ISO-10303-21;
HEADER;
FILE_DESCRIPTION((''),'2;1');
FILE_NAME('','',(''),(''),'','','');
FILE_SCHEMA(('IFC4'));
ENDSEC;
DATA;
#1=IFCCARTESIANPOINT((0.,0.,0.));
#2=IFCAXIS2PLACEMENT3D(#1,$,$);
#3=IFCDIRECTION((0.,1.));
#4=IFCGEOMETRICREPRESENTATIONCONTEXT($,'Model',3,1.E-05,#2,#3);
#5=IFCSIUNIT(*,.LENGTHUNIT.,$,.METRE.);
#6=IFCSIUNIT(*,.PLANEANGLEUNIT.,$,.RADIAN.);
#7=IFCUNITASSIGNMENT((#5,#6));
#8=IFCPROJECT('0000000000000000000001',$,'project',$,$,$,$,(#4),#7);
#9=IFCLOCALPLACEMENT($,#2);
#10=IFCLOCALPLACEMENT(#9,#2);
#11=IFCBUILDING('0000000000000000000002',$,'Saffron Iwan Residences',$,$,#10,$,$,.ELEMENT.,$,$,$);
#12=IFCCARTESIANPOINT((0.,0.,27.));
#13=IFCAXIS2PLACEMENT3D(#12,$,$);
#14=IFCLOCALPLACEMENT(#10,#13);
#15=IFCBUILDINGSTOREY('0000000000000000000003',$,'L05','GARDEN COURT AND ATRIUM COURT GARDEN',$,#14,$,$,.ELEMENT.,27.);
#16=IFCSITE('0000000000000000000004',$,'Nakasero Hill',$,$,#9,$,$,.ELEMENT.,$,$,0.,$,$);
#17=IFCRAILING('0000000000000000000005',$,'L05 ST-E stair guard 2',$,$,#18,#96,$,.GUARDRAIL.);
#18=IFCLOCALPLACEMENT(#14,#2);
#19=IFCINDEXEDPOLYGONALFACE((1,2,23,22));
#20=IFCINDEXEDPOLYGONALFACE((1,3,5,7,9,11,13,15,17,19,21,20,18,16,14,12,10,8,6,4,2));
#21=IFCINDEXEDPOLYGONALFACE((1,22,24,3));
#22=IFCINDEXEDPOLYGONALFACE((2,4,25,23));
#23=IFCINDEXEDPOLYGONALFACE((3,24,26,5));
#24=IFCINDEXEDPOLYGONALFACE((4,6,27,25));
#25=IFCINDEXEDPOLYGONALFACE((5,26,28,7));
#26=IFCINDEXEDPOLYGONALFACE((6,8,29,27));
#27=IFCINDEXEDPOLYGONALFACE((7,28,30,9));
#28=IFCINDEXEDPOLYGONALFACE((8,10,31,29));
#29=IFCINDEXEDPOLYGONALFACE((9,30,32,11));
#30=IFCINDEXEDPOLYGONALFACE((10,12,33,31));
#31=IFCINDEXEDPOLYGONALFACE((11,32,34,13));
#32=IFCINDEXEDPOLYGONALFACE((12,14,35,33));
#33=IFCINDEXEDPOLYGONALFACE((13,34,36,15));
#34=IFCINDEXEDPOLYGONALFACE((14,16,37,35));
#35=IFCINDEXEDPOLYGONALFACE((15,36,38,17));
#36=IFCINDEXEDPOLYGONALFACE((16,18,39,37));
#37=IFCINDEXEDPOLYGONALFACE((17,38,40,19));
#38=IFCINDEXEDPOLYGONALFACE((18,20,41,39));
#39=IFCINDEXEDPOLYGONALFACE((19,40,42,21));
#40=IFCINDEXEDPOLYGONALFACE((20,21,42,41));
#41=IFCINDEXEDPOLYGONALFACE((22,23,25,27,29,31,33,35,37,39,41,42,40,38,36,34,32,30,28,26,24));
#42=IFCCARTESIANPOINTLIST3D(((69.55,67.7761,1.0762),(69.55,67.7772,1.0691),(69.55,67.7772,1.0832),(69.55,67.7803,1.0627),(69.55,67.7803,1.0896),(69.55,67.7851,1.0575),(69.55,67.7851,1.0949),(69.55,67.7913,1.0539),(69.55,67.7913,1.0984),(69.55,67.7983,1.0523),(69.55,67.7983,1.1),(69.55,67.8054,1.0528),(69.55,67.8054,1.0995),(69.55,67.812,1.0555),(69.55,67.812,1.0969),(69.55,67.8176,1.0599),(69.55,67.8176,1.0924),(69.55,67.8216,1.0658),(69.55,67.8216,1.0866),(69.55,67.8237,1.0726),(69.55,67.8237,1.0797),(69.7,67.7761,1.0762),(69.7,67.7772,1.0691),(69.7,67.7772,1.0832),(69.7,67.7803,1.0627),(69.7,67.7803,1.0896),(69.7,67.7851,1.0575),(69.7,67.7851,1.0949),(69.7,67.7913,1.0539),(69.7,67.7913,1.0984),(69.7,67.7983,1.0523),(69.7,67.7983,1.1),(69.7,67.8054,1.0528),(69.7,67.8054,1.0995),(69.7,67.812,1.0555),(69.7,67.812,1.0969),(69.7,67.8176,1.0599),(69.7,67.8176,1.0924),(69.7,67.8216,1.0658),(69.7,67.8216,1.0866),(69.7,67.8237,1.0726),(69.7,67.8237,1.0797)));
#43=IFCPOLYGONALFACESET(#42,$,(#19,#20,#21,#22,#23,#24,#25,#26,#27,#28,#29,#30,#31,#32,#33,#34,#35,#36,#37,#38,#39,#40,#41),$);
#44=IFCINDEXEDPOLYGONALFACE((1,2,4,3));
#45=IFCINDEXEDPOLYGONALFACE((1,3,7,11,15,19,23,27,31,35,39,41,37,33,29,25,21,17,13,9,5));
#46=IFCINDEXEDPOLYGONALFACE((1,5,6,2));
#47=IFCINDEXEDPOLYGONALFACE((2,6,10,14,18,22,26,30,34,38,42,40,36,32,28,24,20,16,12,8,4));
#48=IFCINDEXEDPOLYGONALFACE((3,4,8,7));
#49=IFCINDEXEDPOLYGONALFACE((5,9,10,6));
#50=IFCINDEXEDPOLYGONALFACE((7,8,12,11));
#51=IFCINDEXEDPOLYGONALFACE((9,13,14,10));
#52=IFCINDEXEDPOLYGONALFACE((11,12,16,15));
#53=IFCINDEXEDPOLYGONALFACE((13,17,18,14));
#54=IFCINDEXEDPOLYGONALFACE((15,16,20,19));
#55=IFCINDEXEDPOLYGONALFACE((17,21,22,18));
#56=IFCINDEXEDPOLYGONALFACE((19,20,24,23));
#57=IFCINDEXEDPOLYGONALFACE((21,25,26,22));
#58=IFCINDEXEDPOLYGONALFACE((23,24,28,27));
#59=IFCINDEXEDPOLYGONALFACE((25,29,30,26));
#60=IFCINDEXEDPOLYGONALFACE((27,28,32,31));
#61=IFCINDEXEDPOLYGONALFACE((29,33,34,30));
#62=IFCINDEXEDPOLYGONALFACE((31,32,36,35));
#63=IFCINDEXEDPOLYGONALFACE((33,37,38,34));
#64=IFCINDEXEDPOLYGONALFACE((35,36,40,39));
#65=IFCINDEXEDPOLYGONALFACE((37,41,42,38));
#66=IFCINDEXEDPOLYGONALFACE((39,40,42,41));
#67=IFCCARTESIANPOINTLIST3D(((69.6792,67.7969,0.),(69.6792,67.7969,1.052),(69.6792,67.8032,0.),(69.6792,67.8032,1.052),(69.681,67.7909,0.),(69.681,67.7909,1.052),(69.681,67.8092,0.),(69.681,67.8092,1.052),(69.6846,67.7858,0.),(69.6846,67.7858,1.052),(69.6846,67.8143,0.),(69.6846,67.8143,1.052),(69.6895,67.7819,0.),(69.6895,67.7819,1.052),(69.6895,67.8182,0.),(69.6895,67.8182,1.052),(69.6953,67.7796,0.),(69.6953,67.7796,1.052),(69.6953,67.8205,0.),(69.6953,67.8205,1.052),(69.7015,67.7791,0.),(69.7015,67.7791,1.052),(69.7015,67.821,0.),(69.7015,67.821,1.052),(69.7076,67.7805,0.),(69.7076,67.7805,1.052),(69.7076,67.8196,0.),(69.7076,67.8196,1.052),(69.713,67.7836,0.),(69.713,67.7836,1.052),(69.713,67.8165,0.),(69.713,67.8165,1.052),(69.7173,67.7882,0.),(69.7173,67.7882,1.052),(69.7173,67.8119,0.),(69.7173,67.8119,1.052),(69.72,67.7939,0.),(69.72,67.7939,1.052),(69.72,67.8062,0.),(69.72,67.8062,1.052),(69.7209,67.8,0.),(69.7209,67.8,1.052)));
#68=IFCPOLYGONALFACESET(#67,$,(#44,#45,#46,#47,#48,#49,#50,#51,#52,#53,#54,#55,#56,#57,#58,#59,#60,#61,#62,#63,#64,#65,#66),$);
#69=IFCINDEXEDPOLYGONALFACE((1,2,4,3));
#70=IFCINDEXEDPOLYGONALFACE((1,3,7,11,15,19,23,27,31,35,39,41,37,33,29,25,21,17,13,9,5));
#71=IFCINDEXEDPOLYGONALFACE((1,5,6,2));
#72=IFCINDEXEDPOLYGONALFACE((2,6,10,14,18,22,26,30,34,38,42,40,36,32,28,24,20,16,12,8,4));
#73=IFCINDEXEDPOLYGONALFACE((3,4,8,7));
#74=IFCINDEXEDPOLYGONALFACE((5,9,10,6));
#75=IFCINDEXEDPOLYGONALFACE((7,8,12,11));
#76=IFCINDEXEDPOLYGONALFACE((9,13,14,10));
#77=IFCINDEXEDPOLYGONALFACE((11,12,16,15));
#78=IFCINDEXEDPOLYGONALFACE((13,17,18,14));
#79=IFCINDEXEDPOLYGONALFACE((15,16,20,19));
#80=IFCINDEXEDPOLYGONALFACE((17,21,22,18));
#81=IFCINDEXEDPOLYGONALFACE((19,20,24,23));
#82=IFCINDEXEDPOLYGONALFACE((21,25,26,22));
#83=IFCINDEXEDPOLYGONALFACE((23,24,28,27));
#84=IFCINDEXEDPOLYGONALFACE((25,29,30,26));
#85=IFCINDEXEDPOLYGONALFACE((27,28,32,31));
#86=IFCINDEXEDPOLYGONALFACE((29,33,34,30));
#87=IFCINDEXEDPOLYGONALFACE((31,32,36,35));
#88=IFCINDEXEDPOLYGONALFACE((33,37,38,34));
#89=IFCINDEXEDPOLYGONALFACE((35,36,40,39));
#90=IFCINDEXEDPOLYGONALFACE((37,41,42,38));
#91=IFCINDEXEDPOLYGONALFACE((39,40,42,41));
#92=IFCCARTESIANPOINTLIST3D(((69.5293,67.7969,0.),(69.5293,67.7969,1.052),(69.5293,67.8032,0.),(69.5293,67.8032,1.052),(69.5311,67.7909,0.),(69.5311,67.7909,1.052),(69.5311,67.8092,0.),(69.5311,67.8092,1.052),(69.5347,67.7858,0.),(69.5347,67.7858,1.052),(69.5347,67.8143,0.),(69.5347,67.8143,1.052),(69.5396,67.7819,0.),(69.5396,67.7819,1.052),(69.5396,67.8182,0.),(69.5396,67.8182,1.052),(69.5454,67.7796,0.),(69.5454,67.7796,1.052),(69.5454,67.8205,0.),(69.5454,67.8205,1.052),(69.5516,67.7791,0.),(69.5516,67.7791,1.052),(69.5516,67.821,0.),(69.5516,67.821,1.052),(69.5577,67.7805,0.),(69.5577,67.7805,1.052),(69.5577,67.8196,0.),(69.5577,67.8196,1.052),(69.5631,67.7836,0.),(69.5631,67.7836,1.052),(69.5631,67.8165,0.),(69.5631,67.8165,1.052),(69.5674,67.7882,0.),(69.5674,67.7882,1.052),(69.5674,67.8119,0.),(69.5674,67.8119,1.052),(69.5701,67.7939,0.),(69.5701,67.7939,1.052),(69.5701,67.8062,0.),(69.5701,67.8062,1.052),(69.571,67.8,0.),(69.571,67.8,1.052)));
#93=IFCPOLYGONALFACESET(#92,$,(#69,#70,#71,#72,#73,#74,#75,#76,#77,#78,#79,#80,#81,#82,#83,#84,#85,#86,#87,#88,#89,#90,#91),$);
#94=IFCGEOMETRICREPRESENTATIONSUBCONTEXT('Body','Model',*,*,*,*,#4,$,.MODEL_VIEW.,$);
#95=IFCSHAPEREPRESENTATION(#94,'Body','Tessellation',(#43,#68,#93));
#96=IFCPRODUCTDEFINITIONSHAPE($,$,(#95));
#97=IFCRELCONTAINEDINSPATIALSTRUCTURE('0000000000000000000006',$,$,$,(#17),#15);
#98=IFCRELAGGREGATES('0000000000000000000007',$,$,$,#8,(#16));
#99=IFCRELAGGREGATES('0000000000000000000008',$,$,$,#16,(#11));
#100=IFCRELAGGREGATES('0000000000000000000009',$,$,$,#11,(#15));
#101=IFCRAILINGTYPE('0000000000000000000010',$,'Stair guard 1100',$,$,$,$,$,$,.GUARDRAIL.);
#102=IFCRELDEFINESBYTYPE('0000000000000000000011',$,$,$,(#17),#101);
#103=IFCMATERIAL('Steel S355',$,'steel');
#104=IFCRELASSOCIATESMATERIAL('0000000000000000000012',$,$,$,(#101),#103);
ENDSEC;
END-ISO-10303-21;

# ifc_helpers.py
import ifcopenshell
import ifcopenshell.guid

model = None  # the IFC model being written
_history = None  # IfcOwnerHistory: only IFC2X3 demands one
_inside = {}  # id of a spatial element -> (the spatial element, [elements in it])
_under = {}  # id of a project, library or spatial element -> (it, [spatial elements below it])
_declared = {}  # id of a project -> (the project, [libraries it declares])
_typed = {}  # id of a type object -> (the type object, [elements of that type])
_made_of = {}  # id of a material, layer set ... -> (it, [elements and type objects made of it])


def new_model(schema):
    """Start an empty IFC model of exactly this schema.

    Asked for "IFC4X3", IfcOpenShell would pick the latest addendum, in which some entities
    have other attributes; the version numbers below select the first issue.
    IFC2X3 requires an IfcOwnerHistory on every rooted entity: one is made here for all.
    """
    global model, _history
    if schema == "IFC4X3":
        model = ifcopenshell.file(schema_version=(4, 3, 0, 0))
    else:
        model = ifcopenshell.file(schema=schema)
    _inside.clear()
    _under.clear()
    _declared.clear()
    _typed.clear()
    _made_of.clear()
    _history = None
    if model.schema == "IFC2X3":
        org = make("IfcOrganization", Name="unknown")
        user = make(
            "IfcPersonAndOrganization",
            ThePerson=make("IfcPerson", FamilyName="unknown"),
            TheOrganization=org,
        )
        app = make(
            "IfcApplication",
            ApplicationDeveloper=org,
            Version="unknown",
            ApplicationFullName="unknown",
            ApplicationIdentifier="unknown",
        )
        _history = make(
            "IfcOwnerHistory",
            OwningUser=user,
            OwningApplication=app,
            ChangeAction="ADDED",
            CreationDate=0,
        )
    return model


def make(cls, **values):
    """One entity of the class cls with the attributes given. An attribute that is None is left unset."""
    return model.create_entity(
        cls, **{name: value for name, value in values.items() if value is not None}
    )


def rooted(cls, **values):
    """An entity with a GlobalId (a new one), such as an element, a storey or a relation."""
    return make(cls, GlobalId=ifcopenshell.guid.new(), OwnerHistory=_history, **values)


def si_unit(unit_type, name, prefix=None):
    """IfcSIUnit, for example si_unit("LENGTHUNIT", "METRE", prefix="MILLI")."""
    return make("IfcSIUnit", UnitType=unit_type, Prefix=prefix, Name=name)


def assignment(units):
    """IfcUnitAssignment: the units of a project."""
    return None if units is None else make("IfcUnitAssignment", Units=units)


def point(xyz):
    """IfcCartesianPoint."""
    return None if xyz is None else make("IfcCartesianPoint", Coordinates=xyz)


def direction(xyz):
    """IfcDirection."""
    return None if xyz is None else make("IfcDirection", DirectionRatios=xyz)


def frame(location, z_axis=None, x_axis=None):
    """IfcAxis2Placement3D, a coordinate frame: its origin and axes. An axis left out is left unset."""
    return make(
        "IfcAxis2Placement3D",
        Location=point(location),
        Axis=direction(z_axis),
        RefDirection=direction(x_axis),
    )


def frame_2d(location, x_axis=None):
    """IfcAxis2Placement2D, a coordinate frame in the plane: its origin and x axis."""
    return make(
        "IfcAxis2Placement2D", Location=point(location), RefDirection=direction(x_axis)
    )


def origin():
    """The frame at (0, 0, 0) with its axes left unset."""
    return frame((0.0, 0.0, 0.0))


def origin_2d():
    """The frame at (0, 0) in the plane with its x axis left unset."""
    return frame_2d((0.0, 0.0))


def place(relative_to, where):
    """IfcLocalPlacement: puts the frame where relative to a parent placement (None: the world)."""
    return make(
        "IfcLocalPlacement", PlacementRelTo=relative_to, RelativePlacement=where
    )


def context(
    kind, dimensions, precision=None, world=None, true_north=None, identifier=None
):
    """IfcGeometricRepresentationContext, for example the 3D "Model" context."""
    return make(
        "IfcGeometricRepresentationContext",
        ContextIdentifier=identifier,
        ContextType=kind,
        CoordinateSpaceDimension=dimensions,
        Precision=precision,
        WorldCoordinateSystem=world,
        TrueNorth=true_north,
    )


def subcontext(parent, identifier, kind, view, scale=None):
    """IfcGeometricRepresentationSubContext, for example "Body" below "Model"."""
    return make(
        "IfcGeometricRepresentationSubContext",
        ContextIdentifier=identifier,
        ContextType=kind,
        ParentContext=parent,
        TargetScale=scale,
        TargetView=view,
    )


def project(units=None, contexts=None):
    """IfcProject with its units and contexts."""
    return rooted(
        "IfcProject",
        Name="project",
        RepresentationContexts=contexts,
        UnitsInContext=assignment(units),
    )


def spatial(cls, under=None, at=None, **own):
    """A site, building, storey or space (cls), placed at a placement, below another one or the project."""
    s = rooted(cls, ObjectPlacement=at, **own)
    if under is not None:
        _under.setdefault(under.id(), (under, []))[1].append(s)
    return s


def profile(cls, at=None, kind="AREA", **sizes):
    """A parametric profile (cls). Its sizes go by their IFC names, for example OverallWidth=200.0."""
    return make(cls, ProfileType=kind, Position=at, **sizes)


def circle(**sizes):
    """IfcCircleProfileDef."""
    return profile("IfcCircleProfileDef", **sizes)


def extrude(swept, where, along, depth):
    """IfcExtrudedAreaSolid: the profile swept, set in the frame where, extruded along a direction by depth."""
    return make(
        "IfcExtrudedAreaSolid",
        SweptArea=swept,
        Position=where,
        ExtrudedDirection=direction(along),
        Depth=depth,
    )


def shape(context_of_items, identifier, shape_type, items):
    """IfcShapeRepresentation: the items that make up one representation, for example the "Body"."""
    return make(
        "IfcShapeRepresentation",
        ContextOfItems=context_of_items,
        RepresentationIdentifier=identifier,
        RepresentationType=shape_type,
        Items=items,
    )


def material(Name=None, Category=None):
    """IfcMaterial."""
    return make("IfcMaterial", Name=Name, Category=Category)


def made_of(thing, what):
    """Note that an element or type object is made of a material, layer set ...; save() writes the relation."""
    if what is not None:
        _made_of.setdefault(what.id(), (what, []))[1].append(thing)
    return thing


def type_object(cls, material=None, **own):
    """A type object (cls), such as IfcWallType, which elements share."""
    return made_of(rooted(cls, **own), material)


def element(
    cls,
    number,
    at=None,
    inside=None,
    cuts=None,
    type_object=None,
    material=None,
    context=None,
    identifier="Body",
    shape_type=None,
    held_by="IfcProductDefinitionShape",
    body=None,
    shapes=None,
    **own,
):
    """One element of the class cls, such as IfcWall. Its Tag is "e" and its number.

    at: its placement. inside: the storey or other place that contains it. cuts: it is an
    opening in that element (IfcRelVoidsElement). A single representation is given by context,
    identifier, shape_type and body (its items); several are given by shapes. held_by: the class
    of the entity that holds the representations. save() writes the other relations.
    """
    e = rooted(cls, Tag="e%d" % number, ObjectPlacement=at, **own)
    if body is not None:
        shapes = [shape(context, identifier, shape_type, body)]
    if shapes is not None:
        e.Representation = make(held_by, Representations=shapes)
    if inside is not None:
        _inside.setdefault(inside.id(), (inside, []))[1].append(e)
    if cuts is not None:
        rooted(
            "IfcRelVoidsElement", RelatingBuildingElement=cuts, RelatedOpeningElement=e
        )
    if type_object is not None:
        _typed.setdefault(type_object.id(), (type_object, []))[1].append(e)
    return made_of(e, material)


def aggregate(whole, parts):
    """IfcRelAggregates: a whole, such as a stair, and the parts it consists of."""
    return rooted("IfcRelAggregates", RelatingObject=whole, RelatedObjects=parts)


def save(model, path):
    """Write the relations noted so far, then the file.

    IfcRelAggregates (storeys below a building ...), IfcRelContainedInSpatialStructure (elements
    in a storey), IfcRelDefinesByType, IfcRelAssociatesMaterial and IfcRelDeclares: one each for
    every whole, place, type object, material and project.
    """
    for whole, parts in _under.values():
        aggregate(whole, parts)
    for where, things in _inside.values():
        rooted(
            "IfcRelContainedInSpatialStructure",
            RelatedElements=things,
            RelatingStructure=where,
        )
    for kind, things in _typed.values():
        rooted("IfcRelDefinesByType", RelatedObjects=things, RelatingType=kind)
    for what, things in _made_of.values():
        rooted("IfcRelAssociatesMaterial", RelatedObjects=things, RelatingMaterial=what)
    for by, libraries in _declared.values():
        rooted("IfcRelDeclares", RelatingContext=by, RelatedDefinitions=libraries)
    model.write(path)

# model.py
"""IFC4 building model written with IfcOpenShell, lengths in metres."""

from ifc_helpers import new_model, si_unit, direction, frame, origin, origin_2d, place, context, subcontext, project, spatial, circle, extrude, material, type_object, element, save


model = new_model("IFC4")

# Units and contexts
model_context = context("Model", 3, precision=1e-05, world=origin(), true_north=direction((0.0, 1.0)))
body_context = subcontext(model_context, "Body", "Model", "MODEL_VIEW")
ifc_project = project(units=[si_unit("LENGTHUNIT", "METRE"), si_unit("PLANEANGLEUNIT", "RADIAN")], contexts=[model_context])

# Site, building, storey
site_placement = place(None, origin())
site = spatial("IfcSite", under=ifc_project, at=site_placement, Name="Nakasero Hill", CompositionType="ELEMENT", RefElevation=0.0)
building_placement = place(site_placement, origin())
building = spatial("IfcBuilding", under=site, at=building_placement, Name="Saffron Iwan Residences", CompositionType="ELEMENT")
storey_placement = place(building_placement, frame((0.0, 0.0, 27.0)))
storey = spatial("IfcBuildingStorey", under=building, at=storey_placement, Name="L05", Description="GARDEN COURT AND ATRIUM COURT GARDEN", CompositionType="ELEMENT", Elevation=27.0)

# Railing
ifc_material_1 = material(Name="Steel S355", Category="steel")
railing_type_1 = type_object("IfcRailingType", Name="Stair guard 1100", PredefinedType="GUARDRAIL", material=ifc_material_1)
railing_1_placement = place(storey_placement, frame((69.7, 67.8, 0.0)))
element("IfcRailing", 1, at=railing_1_placement, inside=storey, type_object=railing_type_1, Name="L05 ST-E stair guard 2", PredefinedType="GUARDRAIL", context=body_context, shape_type="SweptSolid", body=[
    extrude(circle(Radius=0.0239, at=origin_2d()), frame((0.0, 0.0, 1.0762), z_axis=(-1.0, 0.0, 0.0), x_axis=(0.0, -1.0, 0.0)), (0.0, 0.0, 1.0), 0.1499),
    extrude(circle(Radius=0.021, at=origin_2d()), origin(), (0.0, 0.0, 1.0), 1.052),
    extrude(circle(Radius=0.021, at=origin_2d()), frame((-0.1499, 0.0, 0.0)), (0.0, 0.0, 1.0), 1.052),
])

save(model, "model.ifc")
